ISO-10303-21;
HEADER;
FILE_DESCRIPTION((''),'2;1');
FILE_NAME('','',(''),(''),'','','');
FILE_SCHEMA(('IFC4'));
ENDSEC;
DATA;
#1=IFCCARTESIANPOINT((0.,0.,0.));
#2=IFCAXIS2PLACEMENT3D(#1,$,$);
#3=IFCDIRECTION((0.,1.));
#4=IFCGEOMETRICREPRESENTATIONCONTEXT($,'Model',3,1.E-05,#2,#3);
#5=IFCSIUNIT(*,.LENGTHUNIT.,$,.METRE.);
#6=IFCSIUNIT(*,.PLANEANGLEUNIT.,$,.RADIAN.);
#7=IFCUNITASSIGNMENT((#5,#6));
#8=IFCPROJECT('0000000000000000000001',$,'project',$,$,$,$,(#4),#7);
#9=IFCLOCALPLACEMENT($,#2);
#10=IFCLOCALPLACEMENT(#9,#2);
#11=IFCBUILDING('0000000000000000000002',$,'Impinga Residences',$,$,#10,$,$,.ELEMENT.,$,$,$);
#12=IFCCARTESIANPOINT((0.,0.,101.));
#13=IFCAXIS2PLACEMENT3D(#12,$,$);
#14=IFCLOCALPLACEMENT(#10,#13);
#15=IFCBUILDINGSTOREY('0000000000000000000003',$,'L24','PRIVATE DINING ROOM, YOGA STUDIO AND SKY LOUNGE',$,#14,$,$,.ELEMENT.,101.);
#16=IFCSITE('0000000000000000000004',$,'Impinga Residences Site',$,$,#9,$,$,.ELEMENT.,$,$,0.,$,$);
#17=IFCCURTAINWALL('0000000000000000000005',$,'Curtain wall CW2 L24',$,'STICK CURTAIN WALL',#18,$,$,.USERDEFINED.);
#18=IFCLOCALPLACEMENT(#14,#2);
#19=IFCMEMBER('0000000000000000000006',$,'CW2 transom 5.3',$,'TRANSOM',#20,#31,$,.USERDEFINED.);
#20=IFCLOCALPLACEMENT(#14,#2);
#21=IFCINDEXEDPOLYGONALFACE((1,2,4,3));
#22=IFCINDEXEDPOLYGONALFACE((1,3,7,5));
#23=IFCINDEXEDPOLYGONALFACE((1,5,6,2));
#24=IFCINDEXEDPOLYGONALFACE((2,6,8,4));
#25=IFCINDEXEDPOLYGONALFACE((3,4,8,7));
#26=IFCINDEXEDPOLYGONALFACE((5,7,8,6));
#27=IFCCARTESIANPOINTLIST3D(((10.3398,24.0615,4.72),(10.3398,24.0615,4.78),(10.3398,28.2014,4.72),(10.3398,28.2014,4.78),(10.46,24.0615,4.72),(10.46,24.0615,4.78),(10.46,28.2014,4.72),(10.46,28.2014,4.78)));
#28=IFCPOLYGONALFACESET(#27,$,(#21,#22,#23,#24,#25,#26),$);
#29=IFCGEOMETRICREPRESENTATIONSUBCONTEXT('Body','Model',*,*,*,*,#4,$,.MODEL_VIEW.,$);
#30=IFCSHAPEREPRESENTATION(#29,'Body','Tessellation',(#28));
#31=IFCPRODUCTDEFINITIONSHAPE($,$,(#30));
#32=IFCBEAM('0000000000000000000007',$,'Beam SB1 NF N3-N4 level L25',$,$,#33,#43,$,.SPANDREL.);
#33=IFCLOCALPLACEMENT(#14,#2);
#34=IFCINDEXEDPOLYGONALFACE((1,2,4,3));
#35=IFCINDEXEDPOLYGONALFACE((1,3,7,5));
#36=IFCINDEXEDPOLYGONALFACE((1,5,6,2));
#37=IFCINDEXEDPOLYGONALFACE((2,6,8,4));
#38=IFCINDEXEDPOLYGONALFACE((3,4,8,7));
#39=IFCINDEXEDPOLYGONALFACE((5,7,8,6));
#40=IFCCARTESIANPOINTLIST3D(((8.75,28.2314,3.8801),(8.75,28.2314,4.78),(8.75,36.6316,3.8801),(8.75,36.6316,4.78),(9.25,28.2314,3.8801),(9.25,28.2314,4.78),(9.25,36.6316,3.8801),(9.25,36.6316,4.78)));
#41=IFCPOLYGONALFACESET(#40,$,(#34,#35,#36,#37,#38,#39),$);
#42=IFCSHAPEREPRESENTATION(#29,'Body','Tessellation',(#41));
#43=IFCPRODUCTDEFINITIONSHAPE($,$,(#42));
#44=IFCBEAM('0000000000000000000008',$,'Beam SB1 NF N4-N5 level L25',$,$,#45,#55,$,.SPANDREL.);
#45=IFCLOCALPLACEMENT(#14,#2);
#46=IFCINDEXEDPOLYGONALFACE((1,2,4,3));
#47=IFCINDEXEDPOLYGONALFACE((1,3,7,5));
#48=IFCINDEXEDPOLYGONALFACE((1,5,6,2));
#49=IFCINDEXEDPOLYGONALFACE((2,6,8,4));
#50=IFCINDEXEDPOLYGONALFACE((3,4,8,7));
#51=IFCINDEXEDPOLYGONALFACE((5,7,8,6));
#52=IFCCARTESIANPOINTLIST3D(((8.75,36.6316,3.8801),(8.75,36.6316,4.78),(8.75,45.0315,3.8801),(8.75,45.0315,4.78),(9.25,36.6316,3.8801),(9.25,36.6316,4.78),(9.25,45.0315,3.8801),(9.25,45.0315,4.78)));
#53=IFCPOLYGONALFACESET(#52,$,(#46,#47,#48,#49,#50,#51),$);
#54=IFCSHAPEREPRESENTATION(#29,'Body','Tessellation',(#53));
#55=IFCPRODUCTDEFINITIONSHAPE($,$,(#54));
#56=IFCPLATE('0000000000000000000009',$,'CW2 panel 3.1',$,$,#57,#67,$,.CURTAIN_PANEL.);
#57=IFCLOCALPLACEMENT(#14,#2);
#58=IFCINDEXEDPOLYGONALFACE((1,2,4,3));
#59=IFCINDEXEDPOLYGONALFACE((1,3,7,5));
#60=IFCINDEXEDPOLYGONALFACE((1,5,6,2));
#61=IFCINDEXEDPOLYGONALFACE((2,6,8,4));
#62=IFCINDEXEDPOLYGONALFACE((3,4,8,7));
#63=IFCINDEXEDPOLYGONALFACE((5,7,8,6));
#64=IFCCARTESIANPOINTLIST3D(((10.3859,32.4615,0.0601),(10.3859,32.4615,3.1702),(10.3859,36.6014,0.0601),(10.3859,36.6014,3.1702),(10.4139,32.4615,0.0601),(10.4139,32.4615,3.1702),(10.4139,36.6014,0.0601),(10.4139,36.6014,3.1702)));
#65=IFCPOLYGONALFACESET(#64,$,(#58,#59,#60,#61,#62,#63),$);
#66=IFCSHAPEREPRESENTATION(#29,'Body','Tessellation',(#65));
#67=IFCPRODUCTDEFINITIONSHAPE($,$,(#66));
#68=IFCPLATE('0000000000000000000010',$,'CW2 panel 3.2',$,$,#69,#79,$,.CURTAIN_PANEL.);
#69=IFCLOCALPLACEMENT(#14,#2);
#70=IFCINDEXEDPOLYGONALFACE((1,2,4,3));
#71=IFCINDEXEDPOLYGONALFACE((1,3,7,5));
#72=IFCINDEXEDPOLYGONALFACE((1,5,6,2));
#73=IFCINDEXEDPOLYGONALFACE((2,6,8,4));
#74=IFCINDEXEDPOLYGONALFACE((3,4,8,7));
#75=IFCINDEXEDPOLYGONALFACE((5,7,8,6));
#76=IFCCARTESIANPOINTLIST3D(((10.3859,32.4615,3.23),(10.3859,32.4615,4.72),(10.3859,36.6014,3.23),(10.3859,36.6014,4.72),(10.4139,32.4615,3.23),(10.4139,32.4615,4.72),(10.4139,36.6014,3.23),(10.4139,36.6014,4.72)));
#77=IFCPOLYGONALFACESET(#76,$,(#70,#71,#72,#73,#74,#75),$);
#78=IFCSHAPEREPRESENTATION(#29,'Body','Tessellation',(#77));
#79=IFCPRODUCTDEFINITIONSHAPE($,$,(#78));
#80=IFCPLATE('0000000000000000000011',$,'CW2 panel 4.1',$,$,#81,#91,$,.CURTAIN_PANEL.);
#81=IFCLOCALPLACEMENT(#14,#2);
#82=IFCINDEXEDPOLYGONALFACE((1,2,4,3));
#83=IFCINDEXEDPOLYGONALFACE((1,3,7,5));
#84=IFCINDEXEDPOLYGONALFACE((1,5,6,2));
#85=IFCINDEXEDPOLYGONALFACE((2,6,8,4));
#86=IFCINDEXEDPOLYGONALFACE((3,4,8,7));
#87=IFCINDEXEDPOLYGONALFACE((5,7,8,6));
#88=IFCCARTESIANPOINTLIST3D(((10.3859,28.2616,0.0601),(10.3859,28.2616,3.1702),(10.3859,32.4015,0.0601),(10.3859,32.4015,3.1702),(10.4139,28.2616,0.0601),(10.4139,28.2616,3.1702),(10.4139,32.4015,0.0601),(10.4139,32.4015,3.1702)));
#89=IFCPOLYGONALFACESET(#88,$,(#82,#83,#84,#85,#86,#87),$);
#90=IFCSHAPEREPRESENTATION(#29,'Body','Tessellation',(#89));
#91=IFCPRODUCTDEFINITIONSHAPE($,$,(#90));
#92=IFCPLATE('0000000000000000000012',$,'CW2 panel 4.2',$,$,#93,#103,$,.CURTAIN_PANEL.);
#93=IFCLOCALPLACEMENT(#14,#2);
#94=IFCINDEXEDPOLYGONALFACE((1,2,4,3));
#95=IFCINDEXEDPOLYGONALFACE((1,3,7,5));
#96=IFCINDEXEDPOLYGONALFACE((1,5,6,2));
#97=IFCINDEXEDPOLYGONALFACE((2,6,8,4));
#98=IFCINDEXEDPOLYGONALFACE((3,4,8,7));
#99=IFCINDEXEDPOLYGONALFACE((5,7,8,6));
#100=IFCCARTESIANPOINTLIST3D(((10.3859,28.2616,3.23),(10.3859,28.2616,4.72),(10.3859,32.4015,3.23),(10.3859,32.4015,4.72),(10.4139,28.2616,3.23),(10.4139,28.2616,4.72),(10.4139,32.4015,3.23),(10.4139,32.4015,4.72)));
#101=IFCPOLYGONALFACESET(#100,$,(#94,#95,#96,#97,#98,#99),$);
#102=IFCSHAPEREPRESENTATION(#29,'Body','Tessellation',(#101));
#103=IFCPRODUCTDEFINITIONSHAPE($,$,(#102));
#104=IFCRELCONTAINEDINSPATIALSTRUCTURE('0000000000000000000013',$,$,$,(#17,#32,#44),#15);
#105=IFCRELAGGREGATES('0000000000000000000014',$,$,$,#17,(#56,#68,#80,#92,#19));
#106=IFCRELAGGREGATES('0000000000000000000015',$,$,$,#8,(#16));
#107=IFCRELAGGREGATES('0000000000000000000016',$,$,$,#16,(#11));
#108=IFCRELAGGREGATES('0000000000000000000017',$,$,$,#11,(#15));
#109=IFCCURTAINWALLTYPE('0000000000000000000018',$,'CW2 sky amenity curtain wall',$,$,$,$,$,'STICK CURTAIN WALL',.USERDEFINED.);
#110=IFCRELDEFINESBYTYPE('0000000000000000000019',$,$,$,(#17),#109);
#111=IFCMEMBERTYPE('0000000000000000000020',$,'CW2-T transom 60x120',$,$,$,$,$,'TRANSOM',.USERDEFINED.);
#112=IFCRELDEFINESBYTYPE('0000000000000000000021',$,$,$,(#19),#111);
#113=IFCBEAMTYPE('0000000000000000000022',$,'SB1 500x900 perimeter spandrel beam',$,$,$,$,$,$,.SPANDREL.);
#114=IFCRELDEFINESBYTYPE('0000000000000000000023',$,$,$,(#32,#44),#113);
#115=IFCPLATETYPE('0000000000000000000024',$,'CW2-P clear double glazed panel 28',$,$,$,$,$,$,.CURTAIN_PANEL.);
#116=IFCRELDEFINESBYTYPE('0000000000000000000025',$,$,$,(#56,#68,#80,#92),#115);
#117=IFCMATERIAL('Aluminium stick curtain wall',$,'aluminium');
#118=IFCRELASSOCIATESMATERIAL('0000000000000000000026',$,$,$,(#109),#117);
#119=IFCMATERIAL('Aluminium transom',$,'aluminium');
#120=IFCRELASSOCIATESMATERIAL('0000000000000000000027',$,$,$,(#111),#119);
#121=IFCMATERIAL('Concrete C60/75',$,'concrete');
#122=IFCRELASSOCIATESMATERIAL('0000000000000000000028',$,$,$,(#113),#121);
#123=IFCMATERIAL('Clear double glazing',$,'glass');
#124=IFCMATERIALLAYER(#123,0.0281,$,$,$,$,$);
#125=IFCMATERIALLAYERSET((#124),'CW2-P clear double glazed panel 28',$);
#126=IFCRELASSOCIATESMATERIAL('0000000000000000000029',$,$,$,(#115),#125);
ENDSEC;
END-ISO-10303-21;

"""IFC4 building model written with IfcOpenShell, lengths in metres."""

from ifc_helpers import new_model, si_unit, direction, frame, origin, origin_2d, place, context, subcontext, project, spatial, rectangle, extrude, material, layer, layer_set, material_profile, profile_set, type_object, element, aggregate, save


model = new_model("IFC4")

# Units and contexts
model_context = context("Model", 3, precision=1e-05, world=origin(), true_north=direction((0.0, 1.0)))
body_context = subcontext(model_context, "Body", "Model", "MODEL_VIEW")
ifc_project = project(units=[si_unit("LENGTHUNIT", "METRE"), si_unit("PLANEANGLEUNIT", "RADIAN")], contexts=[model_context])

# Site, building, storey
site_placement = place(None, origin())
site = spatial("IfcSite", under=ifc_project, at=site_placement, Name="Impinga Residences Site", CompositionType="ELEMENT", RefElevation=0.0)
building_placement = place(site_placement, origin())
building = spatial("IfcBuilding", under=site, at=building_placement, Name="Impinga Residences", CompositionType="ELEMENT")
storey_placement = place(building_placement, frame((0.0, 0.0, 101.0)))
storey = spatial("IfcBuildingStorey", under=building, at=storey_placement, Name="L24", Description="PRIVATE DINING ROOM, YOGA STUDIO AND SKY LOUNGE", CompositionType="ELEMENT", Elevation=101.0)

# Shared definitions
ifc_material_1 = material(Name="Concrete C60/75", Category="concrete")

# Curtain wall, member
ifc_material_2 = material(Name="Aluminium stick curtain wall", Category="aluminium")
curtain_wall_type = type_object("IfcCurtainWallType", Name="CW2 sky amenity curtain wall", ElementType="STICK CURTAIN WALL", PredefinedType="USERDEFINED", material=ifc_material_2)
curtain_wall_placement = place(storey_placement, origin())
curtain_wall = element("IfcCurtainWall", 1, at=curtain_wall_placement, inside=storey, type_object=curtain_wall_type, Name="Curtain wall CW2 L24", ObjectType="STICK CURTAIN WALL", PredefinedType="USERDEFINED")
ifc_material_3 = material(Name="Aluminium transom", Category="aluminium")
ifc_material_profile_1 = material_profile(ifc_material_3, rectangle(XDim=0.0601, YDim=0.1201, at=origin_2d()), Name="60x120 transom")
ifc_profile_set_1 = profile_set([ifc_material_profile_1], Name="Aluminium transom")
member_type_1 = type_object("IfcMemberType", Name="CW2-T transom 60x120", ElementType="TRANSOM", PredefinedType="USERDEFINED", material=ifc_profile_set_1)
member_1_placement = place(storey_placement, frame((10.3999, 28.2014, 4.75), z_axis=(0.0, -1.0, 0.0), x_axis=(0.0, 0.0, 1.0)))
member_1 = element("IfcMember", 2, at=member_1_placement, type_object=member_type_1, Name="CW2 transom 5.3", ObjectType="TRANSOM", PredefinedType="USERDEFINED", context=body_context, shape_type="SweptSolid", body=[
    extrude(rectangle(XDim=0.0601, YDim=0.1201, at=origin_2d()), origin(), (0.0, 0.0, 1.0), 4.1399),
])

# Beams
ifc_material_profile_2 = material_profile(ifc_material_1, rectangle(XDim=0.5, YDim=0.8999, at=origin_2d()), Name="RC 500x900")
ifc_profile_set_2 = profile_set([ifc_material_profile_2], Name="Concrete C60/75")
beam_type_1 = type_object("IfcBeamType", Name="SB1 500x900 perimeter spandrel beam", PredefinedType="SPANDREL", material=ifc_profile_set_2)
beam_1_placement = place(storey_placement, frame((9.0, 28.2314, 4.3301), z_axis=(0.0, 1.0, 0.0), x_axis=(-1.0, 0.0, 0.0)))
element("IfcBeam", 3, at=beam_1_placement, inside=storey, type_object=beam_type_1, Name="Beam SB1 NF N3-N4 level L25", PredefinedType="SPANDREL", context=body_context, shape_type="SweptSolid", body=[
    extrude(rectangle(XDim=0.5, YDim=0.8999, at=origin_2d()), origin(), (0.0, 0.0, 1.0), 8.4001),
])
beam_2_placement = place(storey_placement, frame((9.0, 36.6316, 4.3301), z_axis=(0.0, 1.0, 0.0), x_axis=(-1.0, 0.0, 0.0)))
element("IfcBeam", 4, at=beam_2_placement, inside=storey, type_object=beam_type_1, Name="Beam SB1 NF N4-N5 level L25", PredefinedType="SPANDREL", context=body_context, shape_type="SweptSolid", body=[
    extrude(rectangle(XDim=0.5, YDim=0.8999, at=origin_2d()), origin(), (0.0, 0.0, 1.0), 8.3999),
])

# Plates
ifc_material_4 = material(Name="Clear double glazing", Category="glass")
ifc_layer = layer(ifc_material_4, 0.0281)
ifc_layer_set = layer_set([ifc_layer], Name="CW2-P clear double glazed panel 28")
plate_type = type_object("IfcPlateType", Name="CW2-P clear double glazed panel 28", PredefinedType="CURTAIN_PANEL", material=ifc_layer_set)
plate_1_placement = place(storey_placement, frame((10.3999, 34.5315, 0.0601), z_axis=(0.0, 0.0, 1.0), x_axis=(0.0, -1.0, 0.0)))
plate_1 = element("IfcPlate", 5, at=plate_1_placement, type_object=plate_type, Name="CW2 panel 3.1", PredefinedType="CURTAIN_PANEL", context=body_context, shape_type="SweptSolid", body=[
    extrude(rectangle(XDim=4.1399, YDim=0.0281, at=origin_2d()), origin(), (0.0, 0.0, 1.0), 3.1101),
])
plate_2_placement = place(storey_placement, frame((10.3999, 34.5315, 3.23), z_axis=(0.0, 0.0, 1.0), x_axis=(0.0, -1.0, 0.0)))
plate_2 = element("IfcPlate", 6, at=plate_2_placement, type_object=plate_type, Name="CW2 panel 3.2", PredefinedType="CURTAIN_PANEL", context=body_context, shape_type="SweptSolid", body=[
    extrude(rectangle(XDim=4.1399, YDim=0.0281, at=origin_2d()), origin(), (0.0, 0.0, 1.0), 1.49),
])
plate_3_placement = place(storey_placement, frame((10.3999, 30.3315, 0.0601), z_axis=(0.0, 0.0, 1.0), x_axis=(0.0, -1.0, 0.0)))
plate_3 = element("IfcPlate", 7, at=plate_3_placement, type_object=plate_type, Name="CW2 panel 4.1", PredefinedType="CURTAIN_PANEL", context=body_context, shape_type="SweptSolid", body=[
    extrude(rectangle(XDim=4.1399, YDim=0.0281, at=origin_2d()), origin(), (0.0, 0.0, 1.0), 3.1101),
])
plate_4_placement = place(storey_placement, frame((10.3999, 30.3315, 3.23), z_axis=(0.0, 0.0, 1.0), x_axis=(0.0, -1.0, 0.0)))
plate_4 = element("IfcPlate", 8, at=plate_4_placement, type_object=plate_type, Name="CW2 panel 4.2", PredefinedType="CURTAIN_PANEL", context=body_context, shape_type="SweptSolid", body=[
    extrude(rectangle(XDim=4.1399, YDim=0.0281, at=origin_2d()), origin(), (0.0, 0.0, 1.0), 1.49),
])
aggregate(curtain_wall, [plate_1, plate_2, plate_3, plate_4, member_1])

save(model, "model.ifc")
